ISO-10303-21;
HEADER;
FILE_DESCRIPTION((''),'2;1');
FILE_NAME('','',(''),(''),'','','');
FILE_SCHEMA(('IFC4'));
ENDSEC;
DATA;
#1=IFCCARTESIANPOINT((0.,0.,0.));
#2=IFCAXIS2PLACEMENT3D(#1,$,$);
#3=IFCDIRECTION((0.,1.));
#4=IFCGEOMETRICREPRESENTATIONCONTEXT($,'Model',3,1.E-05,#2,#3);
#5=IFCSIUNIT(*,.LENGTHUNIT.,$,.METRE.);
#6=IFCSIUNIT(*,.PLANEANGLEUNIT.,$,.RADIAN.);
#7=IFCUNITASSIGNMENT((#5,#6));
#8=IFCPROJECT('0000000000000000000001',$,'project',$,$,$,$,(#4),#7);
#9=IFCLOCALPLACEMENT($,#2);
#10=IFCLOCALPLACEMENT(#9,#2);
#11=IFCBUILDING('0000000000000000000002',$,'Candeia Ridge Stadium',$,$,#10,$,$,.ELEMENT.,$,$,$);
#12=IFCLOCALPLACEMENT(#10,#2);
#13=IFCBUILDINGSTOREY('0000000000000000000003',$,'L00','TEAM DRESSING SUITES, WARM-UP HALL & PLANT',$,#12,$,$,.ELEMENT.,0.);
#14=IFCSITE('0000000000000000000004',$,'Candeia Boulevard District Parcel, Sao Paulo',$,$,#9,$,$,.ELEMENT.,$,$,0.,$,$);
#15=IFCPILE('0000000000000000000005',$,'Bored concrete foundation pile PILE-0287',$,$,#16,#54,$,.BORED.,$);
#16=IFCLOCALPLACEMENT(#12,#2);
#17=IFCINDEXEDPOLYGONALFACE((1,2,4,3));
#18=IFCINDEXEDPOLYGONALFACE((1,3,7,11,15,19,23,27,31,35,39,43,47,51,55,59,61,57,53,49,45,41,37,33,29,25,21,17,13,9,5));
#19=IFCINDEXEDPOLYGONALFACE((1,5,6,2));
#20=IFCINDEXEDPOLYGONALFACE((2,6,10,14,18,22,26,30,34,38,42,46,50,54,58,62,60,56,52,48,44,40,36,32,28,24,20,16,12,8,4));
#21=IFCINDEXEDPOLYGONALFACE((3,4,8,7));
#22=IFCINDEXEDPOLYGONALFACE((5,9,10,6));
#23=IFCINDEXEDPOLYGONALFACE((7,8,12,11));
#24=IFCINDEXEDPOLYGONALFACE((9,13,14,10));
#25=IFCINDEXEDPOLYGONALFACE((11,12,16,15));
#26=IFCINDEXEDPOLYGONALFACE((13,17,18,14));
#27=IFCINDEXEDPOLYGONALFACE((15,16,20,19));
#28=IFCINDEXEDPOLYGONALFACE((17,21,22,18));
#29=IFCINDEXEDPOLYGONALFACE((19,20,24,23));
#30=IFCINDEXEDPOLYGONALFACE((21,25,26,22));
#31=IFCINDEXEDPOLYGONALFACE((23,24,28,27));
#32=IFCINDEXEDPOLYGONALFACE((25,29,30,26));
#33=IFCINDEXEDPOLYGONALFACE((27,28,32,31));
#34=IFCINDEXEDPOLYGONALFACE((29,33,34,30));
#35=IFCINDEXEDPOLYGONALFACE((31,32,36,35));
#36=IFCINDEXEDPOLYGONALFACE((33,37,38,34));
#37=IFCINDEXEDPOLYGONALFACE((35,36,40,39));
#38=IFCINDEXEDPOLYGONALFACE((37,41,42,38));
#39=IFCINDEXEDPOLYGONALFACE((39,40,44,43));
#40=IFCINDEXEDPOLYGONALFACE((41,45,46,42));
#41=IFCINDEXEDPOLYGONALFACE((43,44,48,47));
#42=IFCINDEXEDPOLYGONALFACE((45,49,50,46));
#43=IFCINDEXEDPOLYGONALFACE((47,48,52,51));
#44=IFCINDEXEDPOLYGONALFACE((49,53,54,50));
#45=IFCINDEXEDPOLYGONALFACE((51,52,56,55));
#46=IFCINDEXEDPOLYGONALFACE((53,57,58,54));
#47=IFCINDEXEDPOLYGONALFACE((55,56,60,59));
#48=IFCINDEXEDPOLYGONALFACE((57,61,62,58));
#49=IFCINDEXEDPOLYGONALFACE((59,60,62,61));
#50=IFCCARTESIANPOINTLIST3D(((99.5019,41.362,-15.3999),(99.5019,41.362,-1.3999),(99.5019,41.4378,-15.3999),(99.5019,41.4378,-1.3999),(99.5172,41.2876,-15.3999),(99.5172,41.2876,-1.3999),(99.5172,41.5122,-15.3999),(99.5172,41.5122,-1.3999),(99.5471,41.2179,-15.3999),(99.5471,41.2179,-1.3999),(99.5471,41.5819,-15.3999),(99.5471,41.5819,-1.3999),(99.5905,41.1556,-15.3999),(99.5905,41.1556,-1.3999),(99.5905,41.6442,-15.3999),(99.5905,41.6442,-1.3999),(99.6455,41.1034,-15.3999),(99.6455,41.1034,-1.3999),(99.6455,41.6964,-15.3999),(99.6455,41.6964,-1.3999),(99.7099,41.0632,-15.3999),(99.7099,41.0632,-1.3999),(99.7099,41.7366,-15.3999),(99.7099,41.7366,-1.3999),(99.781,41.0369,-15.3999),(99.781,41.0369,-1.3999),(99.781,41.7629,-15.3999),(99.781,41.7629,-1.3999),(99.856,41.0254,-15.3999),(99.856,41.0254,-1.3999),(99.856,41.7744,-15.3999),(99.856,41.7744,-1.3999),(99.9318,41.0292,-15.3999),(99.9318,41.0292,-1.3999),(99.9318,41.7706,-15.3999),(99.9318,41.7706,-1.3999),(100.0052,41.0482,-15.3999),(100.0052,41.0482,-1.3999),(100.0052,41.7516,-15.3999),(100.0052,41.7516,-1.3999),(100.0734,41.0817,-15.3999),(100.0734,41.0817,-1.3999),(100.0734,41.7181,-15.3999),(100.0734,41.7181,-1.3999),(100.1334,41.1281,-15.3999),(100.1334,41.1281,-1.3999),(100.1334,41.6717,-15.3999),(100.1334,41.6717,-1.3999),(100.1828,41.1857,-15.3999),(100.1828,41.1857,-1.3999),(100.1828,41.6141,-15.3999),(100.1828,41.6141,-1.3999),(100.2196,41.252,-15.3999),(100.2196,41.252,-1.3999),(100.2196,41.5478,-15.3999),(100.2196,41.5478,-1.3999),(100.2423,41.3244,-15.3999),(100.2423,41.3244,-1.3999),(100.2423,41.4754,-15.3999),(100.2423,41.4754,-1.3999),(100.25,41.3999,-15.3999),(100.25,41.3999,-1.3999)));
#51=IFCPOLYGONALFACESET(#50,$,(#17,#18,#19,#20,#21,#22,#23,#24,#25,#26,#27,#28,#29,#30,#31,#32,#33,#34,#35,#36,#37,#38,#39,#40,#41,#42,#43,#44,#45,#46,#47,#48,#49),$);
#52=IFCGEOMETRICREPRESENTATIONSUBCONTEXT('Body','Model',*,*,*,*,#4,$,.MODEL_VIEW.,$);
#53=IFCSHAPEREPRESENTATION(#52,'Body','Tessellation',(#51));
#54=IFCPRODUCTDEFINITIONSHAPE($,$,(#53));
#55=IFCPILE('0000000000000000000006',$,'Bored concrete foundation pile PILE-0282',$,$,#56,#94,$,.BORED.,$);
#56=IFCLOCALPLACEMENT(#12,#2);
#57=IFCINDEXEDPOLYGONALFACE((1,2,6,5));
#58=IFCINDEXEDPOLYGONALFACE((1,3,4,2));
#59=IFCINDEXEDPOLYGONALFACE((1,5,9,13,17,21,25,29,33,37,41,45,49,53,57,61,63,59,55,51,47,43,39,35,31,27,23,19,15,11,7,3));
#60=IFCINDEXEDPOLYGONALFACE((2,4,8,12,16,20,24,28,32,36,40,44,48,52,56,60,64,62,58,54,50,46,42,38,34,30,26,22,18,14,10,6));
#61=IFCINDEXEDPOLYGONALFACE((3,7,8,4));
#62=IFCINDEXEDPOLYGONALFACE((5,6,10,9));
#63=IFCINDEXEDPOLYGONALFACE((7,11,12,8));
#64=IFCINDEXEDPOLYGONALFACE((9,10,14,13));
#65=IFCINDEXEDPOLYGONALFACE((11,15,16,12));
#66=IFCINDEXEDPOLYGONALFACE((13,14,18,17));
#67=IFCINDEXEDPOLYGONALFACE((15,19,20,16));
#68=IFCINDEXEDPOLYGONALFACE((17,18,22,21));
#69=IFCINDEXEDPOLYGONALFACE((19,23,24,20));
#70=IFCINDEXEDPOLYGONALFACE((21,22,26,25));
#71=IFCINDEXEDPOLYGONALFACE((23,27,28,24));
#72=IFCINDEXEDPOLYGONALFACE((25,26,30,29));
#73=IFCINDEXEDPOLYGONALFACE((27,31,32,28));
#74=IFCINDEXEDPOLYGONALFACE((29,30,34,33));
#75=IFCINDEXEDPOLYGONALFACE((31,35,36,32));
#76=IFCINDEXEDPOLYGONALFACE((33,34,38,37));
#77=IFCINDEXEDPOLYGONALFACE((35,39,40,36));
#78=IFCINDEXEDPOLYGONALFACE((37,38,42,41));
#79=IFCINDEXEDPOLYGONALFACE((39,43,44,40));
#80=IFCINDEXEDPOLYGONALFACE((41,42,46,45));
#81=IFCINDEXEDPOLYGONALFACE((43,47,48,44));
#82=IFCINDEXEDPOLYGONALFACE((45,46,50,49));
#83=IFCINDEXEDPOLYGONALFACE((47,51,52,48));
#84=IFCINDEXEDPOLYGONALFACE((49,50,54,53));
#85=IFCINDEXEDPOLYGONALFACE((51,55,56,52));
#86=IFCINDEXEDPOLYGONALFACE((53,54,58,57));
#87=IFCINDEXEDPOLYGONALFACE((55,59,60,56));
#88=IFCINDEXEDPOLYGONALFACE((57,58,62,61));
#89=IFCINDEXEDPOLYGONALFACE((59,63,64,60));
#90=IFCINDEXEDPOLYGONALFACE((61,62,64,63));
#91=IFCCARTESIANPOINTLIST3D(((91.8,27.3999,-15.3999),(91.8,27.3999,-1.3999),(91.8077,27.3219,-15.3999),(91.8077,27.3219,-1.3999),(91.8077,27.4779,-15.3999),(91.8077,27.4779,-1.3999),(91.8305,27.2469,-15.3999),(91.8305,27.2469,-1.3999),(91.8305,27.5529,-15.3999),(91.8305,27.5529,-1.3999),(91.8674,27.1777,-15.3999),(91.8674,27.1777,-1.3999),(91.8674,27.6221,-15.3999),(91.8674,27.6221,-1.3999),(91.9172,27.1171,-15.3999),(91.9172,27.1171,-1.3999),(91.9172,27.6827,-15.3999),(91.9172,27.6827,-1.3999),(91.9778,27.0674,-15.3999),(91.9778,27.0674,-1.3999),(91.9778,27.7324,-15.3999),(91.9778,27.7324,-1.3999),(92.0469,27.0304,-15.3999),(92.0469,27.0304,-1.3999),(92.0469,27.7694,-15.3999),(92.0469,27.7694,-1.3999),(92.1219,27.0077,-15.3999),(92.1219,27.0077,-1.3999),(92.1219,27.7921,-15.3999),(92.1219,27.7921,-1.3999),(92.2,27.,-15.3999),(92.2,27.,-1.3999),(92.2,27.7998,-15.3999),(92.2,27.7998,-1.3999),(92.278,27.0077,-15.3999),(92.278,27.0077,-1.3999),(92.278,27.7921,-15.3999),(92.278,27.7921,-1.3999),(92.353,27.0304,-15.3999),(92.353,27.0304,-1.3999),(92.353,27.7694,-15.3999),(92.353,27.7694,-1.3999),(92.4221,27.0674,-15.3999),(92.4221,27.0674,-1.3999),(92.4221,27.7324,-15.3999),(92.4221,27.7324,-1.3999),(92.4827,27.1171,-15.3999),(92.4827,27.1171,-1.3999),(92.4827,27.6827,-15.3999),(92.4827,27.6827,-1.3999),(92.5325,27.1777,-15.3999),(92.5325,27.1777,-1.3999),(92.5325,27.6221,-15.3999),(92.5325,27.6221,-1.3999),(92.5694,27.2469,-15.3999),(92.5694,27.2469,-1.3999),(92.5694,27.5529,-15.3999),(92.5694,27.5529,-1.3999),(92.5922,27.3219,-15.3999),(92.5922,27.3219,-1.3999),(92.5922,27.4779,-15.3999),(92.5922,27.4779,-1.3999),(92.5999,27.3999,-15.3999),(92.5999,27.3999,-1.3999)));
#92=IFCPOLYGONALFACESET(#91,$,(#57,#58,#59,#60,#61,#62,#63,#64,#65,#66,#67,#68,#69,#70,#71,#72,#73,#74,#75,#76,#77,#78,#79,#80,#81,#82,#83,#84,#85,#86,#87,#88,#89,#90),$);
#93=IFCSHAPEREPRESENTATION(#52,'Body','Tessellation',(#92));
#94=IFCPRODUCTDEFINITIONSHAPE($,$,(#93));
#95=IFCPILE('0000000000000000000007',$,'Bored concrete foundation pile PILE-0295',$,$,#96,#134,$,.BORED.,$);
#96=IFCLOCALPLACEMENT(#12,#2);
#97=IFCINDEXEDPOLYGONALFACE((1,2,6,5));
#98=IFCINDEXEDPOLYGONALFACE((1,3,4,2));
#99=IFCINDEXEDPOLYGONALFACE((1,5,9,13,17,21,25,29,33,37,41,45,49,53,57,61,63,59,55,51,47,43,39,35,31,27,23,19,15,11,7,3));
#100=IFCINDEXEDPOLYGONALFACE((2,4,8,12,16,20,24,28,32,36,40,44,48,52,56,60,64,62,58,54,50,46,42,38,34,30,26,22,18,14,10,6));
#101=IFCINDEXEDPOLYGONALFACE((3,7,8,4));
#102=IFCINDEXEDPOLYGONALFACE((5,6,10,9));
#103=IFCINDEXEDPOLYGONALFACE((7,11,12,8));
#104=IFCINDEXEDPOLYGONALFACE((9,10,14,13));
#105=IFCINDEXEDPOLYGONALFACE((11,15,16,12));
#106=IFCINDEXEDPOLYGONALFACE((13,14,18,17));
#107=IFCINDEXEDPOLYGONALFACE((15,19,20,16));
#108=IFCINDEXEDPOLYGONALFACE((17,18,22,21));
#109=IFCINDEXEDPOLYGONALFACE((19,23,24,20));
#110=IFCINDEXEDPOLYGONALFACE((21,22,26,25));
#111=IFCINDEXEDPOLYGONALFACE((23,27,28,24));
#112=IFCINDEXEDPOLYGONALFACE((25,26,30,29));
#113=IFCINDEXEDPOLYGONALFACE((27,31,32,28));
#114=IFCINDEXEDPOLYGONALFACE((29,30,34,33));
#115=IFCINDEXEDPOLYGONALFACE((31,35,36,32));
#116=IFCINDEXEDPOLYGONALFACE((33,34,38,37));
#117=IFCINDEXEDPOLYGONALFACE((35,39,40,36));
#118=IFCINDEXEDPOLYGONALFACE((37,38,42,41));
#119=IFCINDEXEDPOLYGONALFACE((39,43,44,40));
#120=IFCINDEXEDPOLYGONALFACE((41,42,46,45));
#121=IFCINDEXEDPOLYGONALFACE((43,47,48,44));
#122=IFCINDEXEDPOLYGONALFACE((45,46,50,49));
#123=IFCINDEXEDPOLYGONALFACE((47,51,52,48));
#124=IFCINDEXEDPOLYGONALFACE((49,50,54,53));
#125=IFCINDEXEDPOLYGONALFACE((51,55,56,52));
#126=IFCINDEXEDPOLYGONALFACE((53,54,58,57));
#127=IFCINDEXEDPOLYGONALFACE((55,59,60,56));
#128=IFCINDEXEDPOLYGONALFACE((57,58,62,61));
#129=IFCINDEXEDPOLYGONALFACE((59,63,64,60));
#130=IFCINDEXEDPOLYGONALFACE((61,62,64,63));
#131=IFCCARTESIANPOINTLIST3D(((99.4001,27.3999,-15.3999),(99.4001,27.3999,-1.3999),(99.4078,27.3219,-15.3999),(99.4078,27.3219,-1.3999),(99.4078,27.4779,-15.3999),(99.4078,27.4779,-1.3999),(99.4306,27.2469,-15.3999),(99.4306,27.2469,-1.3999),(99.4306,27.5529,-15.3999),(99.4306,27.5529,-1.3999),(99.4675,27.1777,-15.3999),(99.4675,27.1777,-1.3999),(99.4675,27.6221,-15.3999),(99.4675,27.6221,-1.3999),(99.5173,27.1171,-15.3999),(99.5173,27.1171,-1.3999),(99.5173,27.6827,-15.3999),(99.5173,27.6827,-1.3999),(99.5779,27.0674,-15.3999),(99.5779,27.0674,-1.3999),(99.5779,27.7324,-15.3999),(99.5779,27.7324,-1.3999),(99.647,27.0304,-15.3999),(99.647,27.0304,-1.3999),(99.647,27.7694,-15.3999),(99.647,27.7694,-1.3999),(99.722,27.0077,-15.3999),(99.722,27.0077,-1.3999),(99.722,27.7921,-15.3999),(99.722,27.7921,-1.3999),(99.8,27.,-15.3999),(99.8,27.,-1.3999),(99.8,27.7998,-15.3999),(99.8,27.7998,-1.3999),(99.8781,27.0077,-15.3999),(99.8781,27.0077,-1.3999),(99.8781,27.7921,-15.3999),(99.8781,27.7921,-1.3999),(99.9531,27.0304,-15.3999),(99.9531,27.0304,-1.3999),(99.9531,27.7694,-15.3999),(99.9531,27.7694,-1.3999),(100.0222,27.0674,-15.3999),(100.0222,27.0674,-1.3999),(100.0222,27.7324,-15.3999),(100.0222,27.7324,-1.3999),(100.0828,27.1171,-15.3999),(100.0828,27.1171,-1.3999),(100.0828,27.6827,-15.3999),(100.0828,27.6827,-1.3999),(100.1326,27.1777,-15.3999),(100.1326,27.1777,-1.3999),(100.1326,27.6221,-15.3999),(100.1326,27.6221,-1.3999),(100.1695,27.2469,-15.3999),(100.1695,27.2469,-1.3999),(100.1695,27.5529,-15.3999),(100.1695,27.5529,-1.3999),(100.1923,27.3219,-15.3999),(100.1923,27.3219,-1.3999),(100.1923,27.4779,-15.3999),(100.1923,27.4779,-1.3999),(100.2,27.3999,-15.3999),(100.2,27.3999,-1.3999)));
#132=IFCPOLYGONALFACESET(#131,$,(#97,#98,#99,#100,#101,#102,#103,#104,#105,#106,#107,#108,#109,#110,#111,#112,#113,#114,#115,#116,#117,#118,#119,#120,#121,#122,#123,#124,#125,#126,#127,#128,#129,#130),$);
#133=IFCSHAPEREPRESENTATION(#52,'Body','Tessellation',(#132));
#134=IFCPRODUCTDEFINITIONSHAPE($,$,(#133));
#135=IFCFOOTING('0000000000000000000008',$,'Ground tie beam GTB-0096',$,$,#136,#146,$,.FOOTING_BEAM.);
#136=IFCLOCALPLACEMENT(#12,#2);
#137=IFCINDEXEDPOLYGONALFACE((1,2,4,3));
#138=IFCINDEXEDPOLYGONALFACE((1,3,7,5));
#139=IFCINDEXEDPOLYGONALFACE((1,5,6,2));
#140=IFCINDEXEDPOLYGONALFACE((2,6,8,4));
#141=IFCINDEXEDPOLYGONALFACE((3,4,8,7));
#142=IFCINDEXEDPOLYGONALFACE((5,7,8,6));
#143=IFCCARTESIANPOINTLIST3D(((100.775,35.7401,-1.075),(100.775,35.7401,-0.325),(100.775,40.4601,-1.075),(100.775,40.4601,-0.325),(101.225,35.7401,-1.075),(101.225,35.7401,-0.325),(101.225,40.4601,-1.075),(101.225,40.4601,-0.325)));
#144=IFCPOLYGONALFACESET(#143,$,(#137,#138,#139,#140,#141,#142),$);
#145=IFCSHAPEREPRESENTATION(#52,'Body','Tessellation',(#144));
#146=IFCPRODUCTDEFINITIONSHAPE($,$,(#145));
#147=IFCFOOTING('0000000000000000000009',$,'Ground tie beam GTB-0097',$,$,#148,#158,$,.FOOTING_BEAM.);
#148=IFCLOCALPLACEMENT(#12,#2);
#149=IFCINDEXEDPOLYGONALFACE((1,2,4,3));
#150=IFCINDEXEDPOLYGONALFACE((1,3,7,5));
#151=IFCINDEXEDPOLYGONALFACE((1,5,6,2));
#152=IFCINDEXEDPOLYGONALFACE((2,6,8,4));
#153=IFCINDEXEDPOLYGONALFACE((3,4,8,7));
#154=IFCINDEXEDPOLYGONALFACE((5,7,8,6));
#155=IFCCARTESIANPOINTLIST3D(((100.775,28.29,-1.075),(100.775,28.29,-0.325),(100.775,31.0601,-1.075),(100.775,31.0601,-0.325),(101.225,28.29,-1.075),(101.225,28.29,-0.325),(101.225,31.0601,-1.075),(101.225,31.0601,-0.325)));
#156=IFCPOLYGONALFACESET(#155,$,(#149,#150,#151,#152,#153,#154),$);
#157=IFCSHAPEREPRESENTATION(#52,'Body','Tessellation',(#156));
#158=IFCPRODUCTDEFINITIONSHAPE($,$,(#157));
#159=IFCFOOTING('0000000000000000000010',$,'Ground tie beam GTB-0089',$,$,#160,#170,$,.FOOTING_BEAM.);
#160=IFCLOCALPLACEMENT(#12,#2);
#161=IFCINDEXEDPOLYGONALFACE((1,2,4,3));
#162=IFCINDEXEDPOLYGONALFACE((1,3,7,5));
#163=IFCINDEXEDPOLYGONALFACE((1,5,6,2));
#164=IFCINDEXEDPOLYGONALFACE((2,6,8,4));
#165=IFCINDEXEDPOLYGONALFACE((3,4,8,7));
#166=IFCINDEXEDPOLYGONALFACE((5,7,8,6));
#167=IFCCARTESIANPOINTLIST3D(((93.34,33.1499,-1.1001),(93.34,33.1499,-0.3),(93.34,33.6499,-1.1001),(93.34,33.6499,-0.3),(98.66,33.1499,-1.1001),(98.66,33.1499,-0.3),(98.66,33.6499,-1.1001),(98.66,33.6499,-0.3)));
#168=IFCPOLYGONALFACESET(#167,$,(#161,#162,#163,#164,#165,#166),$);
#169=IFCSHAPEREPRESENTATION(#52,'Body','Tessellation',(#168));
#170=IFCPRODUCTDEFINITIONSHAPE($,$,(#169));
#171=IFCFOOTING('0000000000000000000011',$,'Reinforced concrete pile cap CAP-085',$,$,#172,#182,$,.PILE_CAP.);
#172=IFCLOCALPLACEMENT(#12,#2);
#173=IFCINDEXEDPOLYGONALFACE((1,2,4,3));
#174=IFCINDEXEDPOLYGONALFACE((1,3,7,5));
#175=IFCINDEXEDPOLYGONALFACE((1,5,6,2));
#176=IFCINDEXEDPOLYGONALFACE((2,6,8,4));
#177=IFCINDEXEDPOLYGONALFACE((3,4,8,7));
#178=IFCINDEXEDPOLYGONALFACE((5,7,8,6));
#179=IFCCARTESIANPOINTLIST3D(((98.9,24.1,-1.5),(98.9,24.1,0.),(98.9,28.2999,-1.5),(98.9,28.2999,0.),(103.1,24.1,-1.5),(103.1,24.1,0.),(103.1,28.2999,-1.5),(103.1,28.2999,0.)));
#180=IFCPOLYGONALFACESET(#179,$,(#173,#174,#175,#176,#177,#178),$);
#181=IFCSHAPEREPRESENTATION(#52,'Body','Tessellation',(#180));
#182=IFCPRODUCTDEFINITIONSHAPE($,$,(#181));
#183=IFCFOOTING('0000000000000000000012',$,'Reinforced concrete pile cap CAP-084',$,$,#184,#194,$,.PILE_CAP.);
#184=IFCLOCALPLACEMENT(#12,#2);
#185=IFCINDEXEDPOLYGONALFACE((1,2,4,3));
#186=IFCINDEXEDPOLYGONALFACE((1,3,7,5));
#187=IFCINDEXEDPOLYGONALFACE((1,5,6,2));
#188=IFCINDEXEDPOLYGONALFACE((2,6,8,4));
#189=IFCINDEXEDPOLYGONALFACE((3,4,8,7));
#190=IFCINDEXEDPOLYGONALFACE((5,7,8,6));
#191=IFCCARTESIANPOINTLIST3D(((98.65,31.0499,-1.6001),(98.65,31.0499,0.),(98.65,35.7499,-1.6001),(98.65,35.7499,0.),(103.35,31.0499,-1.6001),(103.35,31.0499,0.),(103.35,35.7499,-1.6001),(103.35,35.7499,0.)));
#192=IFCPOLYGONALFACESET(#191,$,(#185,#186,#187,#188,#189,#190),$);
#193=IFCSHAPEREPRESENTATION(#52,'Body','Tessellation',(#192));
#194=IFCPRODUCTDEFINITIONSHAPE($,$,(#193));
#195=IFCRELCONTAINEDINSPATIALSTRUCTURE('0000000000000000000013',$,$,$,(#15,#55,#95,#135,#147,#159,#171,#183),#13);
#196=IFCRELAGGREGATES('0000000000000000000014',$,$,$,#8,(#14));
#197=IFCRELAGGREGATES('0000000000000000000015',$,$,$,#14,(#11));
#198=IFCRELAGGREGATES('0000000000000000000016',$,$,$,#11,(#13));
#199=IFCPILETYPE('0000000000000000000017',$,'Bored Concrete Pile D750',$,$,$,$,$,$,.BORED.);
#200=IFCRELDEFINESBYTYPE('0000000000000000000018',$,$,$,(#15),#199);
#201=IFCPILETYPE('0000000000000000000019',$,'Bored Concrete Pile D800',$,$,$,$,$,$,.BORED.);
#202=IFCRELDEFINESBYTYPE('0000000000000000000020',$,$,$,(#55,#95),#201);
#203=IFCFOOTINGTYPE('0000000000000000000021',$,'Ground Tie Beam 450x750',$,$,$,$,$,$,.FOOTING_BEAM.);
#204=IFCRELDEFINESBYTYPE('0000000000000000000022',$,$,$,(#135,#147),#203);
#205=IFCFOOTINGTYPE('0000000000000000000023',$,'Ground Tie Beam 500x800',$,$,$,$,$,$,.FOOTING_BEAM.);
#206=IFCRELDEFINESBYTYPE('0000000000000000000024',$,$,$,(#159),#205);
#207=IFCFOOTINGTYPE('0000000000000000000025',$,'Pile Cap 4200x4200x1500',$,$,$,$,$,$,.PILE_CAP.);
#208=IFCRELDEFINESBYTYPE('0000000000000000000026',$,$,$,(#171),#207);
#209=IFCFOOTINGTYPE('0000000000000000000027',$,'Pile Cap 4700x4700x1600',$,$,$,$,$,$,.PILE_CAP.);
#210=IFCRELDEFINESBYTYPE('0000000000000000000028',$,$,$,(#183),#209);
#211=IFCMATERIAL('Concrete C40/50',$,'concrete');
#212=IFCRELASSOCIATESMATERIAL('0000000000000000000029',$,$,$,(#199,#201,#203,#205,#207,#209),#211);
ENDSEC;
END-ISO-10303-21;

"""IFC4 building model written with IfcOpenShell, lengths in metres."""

from ifc_helpers import new_model, si_unit, direction, frame, origin, origin_2d, place, context, subcontext, project, spatial, rectangle, circle, extrude, material, material_profile, profile_set, type_object, element, save


model = new_model("IFC4")

# Units and contexts
model_context = context("Model", 3, precision=1e-05, world=origin(), true_north=direction((0.0, 1.0)))
body_context = subcontext(model_context, "Body", "Model", "MODEL_VIEW")
ifc_project = project(units=[si_unit("LENGTHUNIT", "METRE"), si_unit("PLANEANGLEUNIT", "RADIAN")], contexts=[model_context])

# Site, building, storey
site_placement = place(None, origin())
site = spatial("IfcSite", under=ifc_project, at=site_placement, Name="Candeia Boulevard District Parcel, Sao Paulo", CompositionType="ELEMENT", RefElevation=0.0)
building_placement = place(site_placement, origin())
building = spatial("IfcBuilding", under=site, at=building_placement, Name="Candeia Ridge Stadium", CompositionType="ELEMENT")
storey_placement = place(building_placement, origin())
storey = spatial("IfcBuildingStorey", under=building, at=storey_placement, Name="L00", Description="TEAM DRESSING SUITES, WARM-UP HALL & PLANT", CompositionType="ELEMENT", Elevation=0.0)

# Piles
ifc_material_1 = material(Name="Concrete C40/50", Category="concrete")
ifc_material_profile_1 = material_profile(ifc_material_1, circle(Radius=0.375, at=origin_2d()), Name="PILE-D750", Category="concrete")
ifc_profile_set_1 = profile_set([ifc_material_profile_1], Name="Concrete C40/50")
pile_type_1 = type_object("IfcPileType", Name="Bored Concrete Pile D750", PredefinedType="BORED", material=ifc_profile_set_1)
pile_placement = place(storey_placement, frame((99.875, 41.3999, -1.3999), z_axis=(0.0, 0.0, -1.0), x_axis=(1.0, 0.0, 0.0)))
element("IfcPile", 1, at=pile_placement, inside=storey, type_object=pile_type_1, Name="Bored concrete foundation pile PILE-0287", PredefinedType="BORED", context=body_context, shape_type="SweptSolid", body=[
    extrude(circle(Radius=0.375, at=origin_2d()), origin(), (0.0, 0.0, 1.0), 14.0),
])
ifc_material_profile_2 = material_profile(ifc_material_1, circle(Radius=0.3999, at=origin_2d()), Name="PILE-D800", Category="concrete")
ifc_profile_set_2 = profile_set([ifc_material_profile_2], Name="Concrete C40/50")
pile_type_2 = type_object("IfcPileType", Name="Bored Concrete Pile D800", PredefinedType="BORED", material=ifc_profile_set_2)
for number, where, z_axis, x_axis, name in (
    (2, (92.2, 27.3999, -1.3999), (0.0, 0.0, -1.0), (1.0, 0.0, 0.0), "Bored concrete foundation pile PILE-0282"),
    (3, (99.8, 27.3999, -1.3999), (0.0, 0.0, -1.0), (1.0, 0.0, 0.0), "Bored concrete foundation pile PILE-0295"),
):
    element("IfcPile", number, at=place(storey_placement, frame(where, z_axis=z_axis, x_axis=x_axis)), inside=storey, type_object=pile_type_2, Name=name, PredefinedType="BORED", context=body_context, shape_type="SweptSolid", body=[
        extrude(circle(Radius=0.3999, at=origin_2d()), origin(), (0.0, 0.0, 1.0), 14.0),
    ])

# Footings
footing_type_1 = type_object("IfcFootingType", Name="Ground Tie Beam 450x750", PredefinedType="FOOTING_BEAM", material=ifc_material_1)
footing_1_placement = place(storey_placement, frame((101.0, 38.1001, -1.075), z_axis=(0.0, 0.0, 1.0), x_axis=(0.0, -1.0, 0.0)))
element("IfcFooting", 4, at=footing_1_placement, inside=storey, type_object=footing_type_1, Name="Ground tie beam GTB-0096", PredefinedType="FOOTING_BEAM", context=body_context, shape_type="SweptSolid", body=[
    extrude(rectangle(XDim=4.72, YDim=0.45, at=origin_2d()), origin(), (0.0, 0.0, 1.0), 0.75),
])
footing_2_placement = place(storey_placement, frame((101.0, 29.675, -1.075), z_axis=(0.0, 0.0, 1.0), x_axis=(0.0, -1.0, 0.0)))
element("IfcFooting", 5, at=footing_2_placement, inside=storey, type_object=footing_type_1, Name="Ground tie beam GTB-0097", PredefinedType="FOOTING_BEAM", context=body_context, shape_type="SweptSolid", body=[
    extrude(rectangle(XDim=2.77, YDim=0.45, at=origin_2d()), origin(), (0.0, 0.0, 1.0), 0.75),
])
footing_type_2 = type_object("IfcFootingType", Name="Ground Tie Beam 500x800", PredefinedType="FOOTING_BEAM", material=ifc_material_1)
footing_3_placement = place(storey_placement, frame((96.0, 33.3999, -1.1001), z_axis=(0.0, 0.0, 1.0), x_axis=(1.0, 0.0, 0.0)))
element("IfcFooting", 6, at=footing_3_placement, inside=storey, type_object=footing_type_2, Name="Ground tie beam GTB-0089", PredefinedType="FOOTING_BEAM", context=body_context, shape_type="SweptSolid", body=[
    extrude(rectangle(XDim=5.3201, YDim=0.5, at=origin_2d()), origin(), (0.0, 0.0, 1.0), 0.8),
])
footing_type_3 = type_object("IfcFootingType", Name="Pile Cap 4200x4200x1500", PredefinedType="PILE_CAP", material=ifc_material_1)
footing_4_placement = place(storey_placement, frame((101.0, 26.2, -1.5), z_axis=(0.0, 0.0, 1.0), x_axis=(1.0, 0.0, 0.0)))
element("IfcFooting", 7, at=footing_4_placement, inside=storey, type_object=footing_type_3, Name="Reinforced concrete pile cap CAP-085", PredefinedType="PILE_CAP", context=body_context, shape_type="SweptSolid", body=[
    extrude(rectangle(XDim=4.2, YDim=4.2, at=origin_2d()), origin(), (0.0, 0.0, 1.0), 1.5),
])
footing_type_4 = type_object("IfcFootingType", Name="Pile Cap 4700x4700x1600", PredefinedType="PILE_CAP", material=ifc_material_1)
footing_5_placement = place(storey_placement, frame((101.0, 33.3999, -1.6001), z_axis=(0.0, 0.0, 1.0), x_axis=(1.0, 0.0, 0.0)))
element("IfcFooting", 8, at=footing_5_placement, inside=storey, type_object=footing_type_4, Name="Reinforced concrete pile cap CAP-084", PredefinedType="PILE_CAP", context=body_context, shape_type="SweptSolid", body=[
    extrude(rectangle(XDim=4.7, YDim=4.7, at=origin_2d()), origin(), (0.0, 0.0, 1.0), 1.6001),
])

save(model, "model.ifc")
